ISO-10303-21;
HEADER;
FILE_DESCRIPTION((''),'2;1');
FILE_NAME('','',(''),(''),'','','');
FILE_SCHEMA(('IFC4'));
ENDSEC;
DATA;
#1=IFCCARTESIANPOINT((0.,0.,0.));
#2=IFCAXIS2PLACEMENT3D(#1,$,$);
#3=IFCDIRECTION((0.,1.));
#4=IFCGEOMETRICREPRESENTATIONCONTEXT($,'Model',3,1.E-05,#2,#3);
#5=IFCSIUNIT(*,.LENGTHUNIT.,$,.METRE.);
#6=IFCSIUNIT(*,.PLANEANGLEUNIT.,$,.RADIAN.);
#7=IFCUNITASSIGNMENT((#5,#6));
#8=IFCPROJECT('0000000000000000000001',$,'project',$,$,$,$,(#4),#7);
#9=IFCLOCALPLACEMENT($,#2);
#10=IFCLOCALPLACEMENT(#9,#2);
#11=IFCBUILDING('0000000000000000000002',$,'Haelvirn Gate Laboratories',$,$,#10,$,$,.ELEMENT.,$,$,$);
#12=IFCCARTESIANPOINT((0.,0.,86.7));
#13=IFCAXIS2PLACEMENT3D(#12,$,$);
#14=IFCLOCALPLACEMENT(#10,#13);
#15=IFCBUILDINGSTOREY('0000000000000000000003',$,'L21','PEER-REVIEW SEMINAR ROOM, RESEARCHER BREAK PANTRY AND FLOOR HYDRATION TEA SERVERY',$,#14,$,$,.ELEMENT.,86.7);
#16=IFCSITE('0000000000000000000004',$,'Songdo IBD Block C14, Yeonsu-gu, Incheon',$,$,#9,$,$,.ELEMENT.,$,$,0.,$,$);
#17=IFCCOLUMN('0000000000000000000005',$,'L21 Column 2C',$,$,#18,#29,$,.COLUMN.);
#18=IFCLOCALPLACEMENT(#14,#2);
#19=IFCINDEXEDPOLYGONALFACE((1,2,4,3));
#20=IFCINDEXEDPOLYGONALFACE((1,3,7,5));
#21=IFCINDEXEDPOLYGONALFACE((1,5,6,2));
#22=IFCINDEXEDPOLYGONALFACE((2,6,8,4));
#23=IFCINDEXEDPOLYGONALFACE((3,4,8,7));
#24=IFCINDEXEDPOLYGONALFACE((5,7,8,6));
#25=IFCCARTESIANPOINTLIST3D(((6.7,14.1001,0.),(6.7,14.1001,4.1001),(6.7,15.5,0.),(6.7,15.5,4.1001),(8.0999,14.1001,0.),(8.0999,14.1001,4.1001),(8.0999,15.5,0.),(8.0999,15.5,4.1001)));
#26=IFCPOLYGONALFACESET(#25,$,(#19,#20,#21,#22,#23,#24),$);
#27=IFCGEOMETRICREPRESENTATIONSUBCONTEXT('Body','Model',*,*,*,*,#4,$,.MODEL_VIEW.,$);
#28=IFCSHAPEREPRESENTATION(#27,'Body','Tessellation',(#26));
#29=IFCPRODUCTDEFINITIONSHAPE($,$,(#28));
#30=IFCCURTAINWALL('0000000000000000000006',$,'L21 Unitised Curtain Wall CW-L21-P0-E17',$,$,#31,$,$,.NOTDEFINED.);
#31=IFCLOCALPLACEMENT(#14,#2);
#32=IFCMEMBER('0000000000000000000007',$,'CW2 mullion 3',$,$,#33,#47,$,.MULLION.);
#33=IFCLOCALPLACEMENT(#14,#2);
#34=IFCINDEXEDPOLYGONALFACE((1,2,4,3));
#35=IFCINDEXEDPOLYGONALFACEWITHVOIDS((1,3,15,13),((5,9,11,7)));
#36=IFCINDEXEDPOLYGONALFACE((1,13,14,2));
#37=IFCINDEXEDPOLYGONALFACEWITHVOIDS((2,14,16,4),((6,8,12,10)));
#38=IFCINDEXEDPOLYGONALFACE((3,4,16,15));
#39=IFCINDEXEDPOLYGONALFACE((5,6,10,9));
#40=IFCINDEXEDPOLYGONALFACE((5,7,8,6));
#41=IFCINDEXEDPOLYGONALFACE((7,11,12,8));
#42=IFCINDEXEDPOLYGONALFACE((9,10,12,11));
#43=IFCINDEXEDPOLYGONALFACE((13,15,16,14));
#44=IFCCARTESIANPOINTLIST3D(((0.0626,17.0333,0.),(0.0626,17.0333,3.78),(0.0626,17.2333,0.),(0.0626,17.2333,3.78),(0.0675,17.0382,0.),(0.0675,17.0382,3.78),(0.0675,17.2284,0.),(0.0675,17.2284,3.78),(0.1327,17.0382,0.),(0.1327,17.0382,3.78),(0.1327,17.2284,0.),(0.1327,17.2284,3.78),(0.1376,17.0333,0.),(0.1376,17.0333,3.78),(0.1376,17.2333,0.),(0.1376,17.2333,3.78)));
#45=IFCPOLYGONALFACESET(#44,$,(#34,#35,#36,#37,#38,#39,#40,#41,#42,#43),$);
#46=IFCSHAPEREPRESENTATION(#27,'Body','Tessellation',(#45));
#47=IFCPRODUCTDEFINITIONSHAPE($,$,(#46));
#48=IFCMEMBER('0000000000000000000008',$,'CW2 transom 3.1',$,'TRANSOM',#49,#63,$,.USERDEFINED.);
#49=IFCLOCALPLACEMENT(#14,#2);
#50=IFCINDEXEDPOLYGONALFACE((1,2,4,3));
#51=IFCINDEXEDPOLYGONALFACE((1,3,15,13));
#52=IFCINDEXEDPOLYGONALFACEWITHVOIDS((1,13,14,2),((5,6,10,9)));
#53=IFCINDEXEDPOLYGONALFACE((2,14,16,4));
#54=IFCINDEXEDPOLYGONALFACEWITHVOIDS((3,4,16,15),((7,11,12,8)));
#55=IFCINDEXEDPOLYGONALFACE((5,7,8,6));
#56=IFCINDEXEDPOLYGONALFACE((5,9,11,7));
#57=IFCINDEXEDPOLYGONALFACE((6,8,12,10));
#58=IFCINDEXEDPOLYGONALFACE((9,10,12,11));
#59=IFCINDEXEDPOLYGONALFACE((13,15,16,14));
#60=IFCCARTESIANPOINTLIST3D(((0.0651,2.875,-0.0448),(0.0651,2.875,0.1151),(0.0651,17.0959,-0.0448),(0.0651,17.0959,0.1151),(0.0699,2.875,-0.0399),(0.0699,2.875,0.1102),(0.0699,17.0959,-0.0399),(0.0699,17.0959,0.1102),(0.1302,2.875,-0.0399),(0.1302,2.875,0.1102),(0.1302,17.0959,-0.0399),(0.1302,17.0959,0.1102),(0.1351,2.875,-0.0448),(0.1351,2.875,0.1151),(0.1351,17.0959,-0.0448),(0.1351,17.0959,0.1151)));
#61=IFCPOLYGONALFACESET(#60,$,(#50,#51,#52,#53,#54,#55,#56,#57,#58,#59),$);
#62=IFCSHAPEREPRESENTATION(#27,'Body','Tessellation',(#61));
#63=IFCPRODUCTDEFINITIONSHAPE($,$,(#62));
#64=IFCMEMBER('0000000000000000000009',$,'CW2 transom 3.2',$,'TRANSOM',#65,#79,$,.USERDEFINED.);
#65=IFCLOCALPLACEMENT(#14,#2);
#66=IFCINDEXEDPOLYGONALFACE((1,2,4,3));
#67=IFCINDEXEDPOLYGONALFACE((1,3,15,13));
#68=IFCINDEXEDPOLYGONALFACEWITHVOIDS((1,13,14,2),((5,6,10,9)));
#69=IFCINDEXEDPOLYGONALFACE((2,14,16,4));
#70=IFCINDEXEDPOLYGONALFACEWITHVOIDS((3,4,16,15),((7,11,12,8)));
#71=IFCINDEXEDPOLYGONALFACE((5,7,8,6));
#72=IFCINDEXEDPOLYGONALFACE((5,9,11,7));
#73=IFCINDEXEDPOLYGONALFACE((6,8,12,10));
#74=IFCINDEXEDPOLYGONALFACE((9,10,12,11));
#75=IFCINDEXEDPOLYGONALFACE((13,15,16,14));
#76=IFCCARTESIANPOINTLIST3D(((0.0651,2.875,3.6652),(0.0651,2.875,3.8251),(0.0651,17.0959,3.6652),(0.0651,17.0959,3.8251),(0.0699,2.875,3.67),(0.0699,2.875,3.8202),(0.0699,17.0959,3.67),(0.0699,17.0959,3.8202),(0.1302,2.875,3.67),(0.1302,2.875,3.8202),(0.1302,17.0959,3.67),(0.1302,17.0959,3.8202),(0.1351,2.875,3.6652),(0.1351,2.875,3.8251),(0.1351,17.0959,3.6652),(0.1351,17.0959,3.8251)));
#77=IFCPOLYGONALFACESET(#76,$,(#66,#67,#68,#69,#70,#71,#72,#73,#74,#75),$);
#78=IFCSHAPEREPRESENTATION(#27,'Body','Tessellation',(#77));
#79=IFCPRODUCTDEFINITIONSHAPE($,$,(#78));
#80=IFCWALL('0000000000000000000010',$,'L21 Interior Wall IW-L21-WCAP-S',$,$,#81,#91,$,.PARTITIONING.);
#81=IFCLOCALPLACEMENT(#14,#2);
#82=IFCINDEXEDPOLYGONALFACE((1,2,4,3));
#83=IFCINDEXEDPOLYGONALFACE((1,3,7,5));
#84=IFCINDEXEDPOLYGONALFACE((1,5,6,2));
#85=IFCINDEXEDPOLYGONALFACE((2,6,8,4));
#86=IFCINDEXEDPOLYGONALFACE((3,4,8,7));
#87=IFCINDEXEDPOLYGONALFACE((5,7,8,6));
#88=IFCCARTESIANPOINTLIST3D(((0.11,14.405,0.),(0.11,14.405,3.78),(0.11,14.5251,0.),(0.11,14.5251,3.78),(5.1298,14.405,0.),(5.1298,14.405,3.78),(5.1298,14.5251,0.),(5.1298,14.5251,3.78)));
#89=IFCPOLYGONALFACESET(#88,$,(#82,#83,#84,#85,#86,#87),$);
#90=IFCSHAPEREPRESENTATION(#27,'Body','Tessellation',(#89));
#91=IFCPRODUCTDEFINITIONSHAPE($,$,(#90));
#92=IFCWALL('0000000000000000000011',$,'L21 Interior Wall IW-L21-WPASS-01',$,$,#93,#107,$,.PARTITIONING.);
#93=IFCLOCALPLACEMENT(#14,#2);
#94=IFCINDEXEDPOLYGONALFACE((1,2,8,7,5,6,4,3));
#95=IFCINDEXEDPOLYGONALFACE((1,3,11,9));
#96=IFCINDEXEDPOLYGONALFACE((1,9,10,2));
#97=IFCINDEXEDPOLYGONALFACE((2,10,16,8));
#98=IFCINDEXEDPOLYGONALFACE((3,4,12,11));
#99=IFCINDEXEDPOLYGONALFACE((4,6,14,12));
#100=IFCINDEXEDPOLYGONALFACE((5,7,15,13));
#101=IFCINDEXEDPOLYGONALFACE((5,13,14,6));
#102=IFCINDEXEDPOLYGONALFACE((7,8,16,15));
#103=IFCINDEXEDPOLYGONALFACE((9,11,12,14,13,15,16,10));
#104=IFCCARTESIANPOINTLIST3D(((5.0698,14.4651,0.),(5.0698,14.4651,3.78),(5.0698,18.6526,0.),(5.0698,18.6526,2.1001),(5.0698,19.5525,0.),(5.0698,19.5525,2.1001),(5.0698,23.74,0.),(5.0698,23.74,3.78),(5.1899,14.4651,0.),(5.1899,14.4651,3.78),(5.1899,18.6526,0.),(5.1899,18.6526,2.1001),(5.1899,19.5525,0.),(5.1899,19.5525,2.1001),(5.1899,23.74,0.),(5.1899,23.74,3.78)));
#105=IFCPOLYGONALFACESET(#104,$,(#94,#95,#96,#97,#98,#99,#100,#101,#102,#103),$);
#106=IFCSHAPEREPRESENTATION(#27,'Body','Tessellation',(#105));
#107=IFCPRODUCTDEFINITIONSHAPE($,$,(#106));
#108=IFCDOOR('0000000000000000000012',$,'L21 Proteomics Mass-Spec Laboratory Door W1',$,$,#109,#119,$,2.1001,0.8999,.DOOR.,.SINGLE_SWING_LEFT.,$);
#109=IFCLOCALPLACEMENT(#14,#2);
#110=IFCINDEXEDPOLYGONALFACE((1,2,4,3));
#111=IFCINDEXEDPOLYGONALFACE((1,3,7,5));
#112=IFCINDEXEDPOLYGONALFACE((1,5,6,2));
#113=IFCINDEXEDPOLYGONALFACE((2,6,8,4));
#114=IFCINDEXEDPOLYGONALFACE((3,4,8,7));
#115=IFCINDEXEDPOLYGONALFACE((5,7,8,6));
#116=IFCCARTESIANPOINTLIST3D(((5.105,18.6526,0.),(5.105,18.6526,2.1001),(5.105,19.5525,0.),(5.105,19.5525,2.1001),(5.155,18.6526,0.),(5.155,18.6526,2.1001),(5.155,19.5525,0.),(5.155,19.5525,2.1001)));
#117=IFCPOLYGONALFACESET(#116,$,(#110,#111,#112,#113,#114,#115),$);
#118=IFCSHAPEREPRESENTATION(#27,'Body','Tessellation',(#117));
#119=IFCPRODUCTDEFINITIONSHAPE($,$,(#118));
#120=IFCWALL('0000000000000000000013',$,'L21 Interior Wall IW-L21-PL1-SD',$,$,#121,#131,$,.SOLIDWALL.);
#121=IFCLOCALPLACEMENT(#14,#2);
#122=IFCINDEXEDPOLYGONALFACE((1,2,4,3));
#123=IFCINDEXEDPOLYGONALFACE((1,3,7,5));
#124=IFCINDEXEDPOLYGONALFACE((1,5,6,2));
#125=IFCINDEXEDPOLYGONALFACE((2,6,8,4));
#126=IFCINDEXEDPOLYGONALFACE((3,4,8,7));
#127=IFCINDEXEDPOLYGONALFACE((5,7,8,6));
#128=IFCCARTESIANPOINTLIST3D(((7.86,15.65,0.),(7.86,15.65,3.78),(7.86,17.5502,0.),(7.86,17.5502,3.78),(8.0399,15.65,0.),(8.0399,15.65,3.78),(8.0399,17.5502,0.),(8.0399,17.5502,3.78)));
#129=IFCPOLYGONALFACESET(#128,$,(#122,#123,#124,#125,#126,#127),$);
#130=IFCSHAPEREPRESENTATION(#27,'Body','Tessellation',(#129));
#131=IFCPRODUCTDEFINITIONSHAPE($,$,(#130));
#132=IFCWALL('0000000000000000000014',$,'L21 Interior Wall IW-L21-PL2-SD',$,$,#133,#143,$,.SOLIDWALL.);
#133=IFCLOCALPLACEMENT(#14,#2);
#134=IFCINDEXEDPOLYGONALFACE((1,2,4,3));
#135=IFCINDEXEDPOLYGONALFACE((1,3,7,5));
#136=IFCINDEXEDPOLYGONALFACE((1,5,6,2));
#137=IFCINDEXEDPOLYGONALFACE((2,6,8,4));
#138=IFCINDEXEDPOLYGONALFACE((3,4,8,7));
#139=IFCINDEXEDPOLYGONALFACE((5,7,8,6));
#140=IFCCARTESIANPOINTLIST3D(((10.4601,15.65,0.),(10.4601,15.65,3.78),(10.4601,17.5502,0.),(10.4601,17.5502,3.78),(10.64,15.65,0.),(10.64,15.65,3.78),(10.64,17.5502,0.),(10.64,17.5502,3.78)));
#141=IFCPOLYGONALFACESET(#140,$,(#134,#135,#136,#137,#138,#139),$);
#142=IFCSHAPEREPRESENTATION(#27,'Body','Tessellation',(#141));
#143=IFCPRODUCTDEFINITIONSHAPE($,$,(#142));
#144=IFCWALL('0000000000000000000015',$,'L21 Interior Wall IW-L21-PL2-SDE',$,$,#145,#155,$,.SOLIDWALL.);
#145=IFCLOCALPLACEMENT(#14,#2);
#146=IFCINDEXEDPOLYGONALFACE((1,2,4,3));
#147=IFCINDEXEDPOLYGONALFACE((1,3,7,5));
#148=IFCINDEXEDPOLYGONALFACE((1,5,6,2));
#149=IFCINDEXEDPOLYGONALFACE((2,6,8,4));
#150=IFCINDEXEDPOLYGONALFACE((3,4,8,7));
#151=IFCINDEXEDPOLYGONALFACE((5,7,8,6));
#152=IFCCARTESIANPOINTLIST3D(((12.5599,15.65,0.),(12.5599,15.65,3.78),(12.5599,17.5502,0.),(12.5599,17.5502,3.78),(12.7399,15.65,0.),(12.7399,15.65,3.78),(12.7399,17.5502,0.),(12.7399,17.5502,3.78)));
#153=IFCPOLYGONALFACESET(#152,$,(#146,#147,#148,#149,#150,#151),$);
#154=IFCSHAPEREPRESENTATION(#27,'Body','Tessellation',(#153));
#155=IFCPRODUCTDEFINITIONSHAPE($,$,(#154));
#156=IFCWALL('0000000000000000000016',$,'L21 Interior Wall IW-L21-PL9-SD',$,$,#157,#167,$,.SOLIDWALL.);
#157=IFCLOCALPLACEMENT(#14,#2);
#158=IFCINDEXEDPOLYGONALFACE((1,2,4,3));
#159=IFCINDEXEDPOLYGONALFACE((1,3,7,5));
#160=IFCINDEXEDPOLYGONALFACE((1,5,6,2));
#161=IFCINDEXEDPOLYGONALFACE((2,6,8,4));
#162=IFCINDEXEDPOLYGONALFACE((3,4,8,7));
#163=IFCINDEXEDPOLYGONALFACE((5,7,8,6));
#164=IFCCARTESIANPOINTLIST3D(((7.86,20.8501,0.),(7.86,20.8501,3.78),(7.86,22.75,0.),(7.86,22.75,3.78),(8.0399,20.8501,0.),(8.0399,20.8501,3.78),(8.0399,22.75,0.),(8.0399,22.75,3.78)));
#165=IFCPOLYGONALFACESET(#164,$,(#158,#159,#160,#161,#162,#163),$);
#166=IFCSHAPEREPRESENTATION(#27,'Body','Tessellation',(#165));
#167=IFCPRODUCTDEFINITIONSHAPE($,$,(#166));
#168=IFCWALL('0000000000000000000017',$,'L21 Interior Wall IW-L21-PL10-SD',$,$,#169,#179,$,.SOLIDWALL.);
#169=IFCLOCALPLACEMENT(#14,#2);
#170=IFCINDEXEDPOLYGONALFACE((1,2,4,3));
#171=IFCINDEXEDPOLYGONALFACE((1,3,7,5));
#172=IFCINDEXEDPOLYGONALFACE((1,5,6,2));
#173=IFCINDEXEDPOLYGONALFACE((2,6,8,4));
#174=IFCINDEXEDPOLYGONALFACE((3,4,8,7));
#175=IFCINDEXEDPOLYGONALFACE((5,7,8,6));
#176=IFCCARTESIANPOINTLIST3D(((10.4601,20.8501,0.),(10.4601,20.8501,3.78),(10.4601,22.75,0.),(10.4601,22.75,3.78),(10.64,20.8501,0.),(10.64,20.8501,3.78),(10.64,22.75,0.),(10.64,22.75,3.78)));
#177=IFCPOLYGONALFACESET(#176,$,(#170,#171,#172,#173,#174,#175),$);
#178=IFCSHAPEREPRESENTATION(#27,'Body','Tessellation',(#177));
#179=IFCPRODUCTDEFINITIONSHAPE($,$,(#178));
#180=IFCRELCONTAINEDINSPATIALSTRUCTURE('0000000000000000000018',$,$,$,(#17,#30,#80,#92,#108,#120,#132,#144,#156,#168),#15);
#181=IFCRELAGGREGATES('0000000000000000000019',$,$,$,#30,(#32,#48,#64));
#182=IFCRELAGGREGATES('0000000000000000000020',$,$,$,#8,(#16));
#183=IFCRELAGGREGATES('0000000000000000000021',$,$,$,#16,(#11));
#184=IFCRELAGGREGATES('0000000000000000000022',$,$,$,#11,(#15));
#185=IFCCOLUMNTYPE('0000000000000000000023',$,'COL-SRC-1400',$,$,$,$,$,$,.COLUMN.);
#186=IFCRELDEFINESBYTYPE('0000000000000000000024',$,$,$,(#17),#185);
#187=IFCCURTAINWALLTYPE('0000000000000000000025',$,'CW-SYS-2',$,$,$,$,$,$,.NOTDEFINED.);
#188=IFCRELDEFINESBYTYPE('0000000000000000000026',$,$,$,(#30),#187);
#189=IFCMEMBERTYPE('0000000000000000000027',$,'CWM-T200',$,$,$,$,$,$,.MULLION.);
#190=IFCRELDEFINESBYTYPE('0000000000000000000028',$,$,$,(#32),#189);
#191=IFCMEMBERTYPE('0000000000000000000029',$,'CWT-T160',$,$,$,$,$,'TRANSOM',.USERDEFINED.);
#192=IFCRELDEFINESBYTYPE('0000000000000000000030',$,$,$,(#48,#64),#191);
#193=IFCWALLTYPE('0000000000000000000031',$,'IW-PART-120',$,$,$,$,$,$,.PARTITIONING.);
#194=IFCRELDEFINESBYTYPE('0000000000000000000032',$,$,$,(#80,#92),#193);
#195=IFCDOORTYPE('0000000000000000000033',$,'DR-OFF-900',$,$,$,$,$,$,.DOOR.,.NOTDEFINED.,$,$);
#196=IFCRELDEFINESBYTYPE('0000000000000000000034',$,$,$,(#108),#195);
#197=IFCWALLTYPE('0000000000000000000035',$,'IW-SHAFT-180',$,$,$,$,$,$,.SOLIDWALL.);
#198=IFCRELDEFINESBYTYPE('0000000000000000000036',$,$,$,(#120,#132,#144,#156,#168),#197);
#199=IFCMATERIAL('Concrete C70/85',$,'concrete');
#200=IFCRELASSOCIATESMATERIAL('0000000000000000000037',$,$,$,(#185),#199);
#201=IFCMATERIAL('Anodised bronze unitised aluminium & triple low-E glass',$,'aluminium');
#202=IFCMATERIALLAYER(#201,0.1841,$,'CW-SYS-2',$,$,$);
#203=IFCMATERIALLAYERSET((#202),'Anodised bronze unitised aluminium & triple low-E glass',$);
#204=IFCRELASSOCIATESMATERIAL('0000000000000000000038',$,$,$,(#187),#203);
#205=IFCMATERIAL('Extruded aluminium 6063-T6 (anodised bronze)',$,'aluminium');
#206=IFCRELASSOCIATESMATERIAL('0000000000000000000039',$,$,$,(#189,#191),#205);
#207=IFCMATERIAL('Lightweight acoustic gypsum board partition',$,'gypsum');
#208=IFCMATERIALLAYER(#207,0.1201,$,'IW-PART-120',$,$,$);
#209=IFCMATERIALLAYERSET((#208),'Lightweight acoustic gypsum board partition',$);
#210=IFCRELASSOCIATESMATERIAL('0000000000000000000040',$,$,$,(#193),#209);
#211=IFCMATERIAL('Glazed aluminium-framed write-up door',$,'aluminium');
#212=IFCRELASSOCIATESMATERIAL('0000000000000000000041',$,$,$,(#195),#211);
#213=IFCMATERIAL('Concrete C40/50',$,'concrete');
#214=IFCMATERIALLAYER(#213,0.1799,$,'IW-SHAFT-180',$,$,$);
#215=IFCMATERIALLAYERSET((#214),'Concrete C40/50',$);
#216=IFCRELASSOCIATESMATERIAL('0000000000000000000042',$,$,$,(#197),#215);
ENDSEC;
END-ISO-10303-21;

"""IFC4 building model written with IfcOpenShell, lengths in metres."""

from ifc_helpers import new_model, si_unit, direction, frame, frame_2d, origin, origin_2d, place, context, subcontext, project, spatial, rectangle, hollow_rectangle, extrude, source, transform, mapped, material, layer, layer_set, material_profile, profile_set, type_object, type_shapes, element, fill, aggregate, save


model = new_model("IFC4")

# Units and contexts
model_context = context("Model", 3, precision=1e-05, world=origin(), true_north=direction((0.0, 1.0)))
body_context = subcontext(model_context, "Body", "Model", "MODEL_VIEW")
ifc_project = project(units=[si_unit("LENGTHUNIT", "METRE"), si_unit("PLANEANGLEUNIT", "RADIAN")], contexts=[model_context])

# Site, building, storey
site_placement = place(None, origin())
site = spatial("IfcSite", under=ifc_project, at=site_placement, Name="Songdo IBD Block C14, Yeonsu-gu, Incheon", CompositionType="ELEMENT", RefElevation=0.0)
building_placement = place(site_placement, origin())
building = spatial("IfcBuilding", under=site, at=building_placement, Name="Haelvirn Gate Laboratories", CompositionType="ELEMENT")
storey_placement = place(building_placement, frame((0.0, 0.0, 86.7)))
storey = spatial("IfcBuildingStorey", under=building, at=storey_placement, Name="L21", Description="PEER-REVIEW SEMINAR ROOM, RESEARCHER BREAK PANTRY AND FLOOR HYDRATION TEA SERVERY", CompositionType="ELEMENT", Elevation=86.7)

# Column
ifc_material_1 = material(Name="Concrete C70/85", Category="concrete")
ifc_material_profile_1 = material_profile(ifc_material_1, rectangle(XDim=1.3999, YDim=1.3999, at=origin_2d()), Name="SRC-1400x1400")
ifc_profile_set_1 = profile_set([ifc_material_profile_1], Name="Concrete C70/85")
column_type = type_object("IfcColumnType", Name="COL-SRC-1400", PredefinedType="COLUMN", material=ifc_profile_set_1)
shared_shape_1 = source(origin(), body_context, "Body", "SweptSolid", [
    extrude(rectangle(XDim=1.3999, YDim=1.3999, at=origin_2d()), origin(), (0.0, 0.0, 1.0), 4.1001),
])
type_shapes(column_type, [shared_shape_1])
column_placement = place(storey_placement, frame((7.3999, 14.8, 0.0), z_axis=(0.0, 0.0, 1.0), x_axis=(1.0, 0.0, 0.0)))
element("IfcColumn", 1, at=column_placement, inside=storey, type_object=column_type, Name="L21 Column 2C", PredefinedType="COLUMN", context=body_context, shape_type="MappedRepresentation", body=[
    mapped(shared_shape_1, transform((0.0, 0.0, 0.0), scale=1.0)),
])

# Curtain wall, members
ifc_material_2 = material(Name="Anodised bronze unitised aluminium & triple low-E glass", Category="aluminium")
ifc_layer_1 = layer(ifc_material_2, 0.1841, Name="CW-SYS-2")
ifc_layer_set_1 = layer_set([ifc_layer_1], Name="Anodised bronze unitised aluminium & triple low-E glass")
curtain_wall_type = type_object("IfcCurtainWallType", Name="CW-SYS-2", PredefinedType="NOTDEFINED", material=ifc_layer_set_1)
curtain_wall_placement = place(storey_placement, origin())
curtain_wall = element("IfcCurtainWall", 2, at=curtain_wall_placement, inside=storey, type_object=curtain_wall_type, Name="L21 Unitised Curtain Wall CW-L21-P0-E17", PredefinedType="NOTDEFINED")
ifc_material_3 = material(Name="Extruded aluminium 6063-T6 (anodised bronze)", Category="aluminium")
ifc_material_profile_2 = material_profile(ifc_material_3, hollow_rectangle(XDim=0.075, YDim=0.2, WallThickness=0.0049, at=origin_2d()), Name="CWM-200x75x5")
ifc_profile_set_2 = profile_set([ifc_material_profile_2], Name="Extruded aluminium 6063-T6 (anodised bronze)")
member_type_1 = type_object("IfcMemberType", Name="CWM-T200", PredefinedType="MULLION", material=ifc_profile_set_2)
shared_shape_2 = source(origin(), body_context, "Body", "SweptSolid", [
    extrude(hollow_rectangle(XDim=0.075, YDim=0.2, WallThickness=0.0049, at=origin_2d()), origin(), (0.0, 0.0, 1.0), 3.78),
])
type_shapes(member_type_1, [shared_shape_2])
member_1_placement = place(storey_placement, frame((0.1001, 17.1333, 0.0), z_axis=(0.0, 0.0, 1.0), x_axis=(1.0, 0.0, 0.0)))
member_1 = element("IfcMember", 3, at=member_1_placement, type_object=member_type_1, Name="CW2 mullion 3", PredefinedType="MULLION", context=body_context, shape_type="MappedRepresentation", body=[
    mapped(shared_shape_2, transform((0.0, 0.0, 0.0), scale=1.0)),
])
ifc_material_profile_3 = material_profile(ifc_material_3, hollow_rectangle(XDim=0.0701, YDim=0.1599, WallThickness=0.0049, at=origin_2d()), Name="CWT-160x70x5")
ifc_profile_set_3 = profile_set([ifc_material_profile_3], Name="Extruded aluminium 6063-T6 (anodised bronze)")
member_type_2 = type_object("IfcMemberType", Name="CWT-T160", ElementType="TRANSOM", PredefinedType="USERDEFINED", material=ifc_profile_set_3)
shared_shape_3 = source(origin(), body_context, "Body", "SweptSolid", [
    extrude(hollow_rectangle(XDim=0.0701, YDim=0.1599, WallThickness=0.0049, at=origin_2d()), origin(), (0.0, 0.0, 1.0), 14.2209),
])
type_shapes(member_type_2, [shared_shape_3])
member_2_placement = place(storey_placement, frame((0.1001, 17.0959, 0.0352), z_axis=(0.0, -1.0, 0.0), x_axis=(1.0, 0.0, 0.0)))
member_2 = element("IfcMember", 4, at=member_2_placement, type_object=member_type_2, Name="CW2 transom 3.1", ObjectType="TRANSOM", PredefinedType="USERDEFINED", context=body_context, shape_type="MappedRepresentation", body=[
    mapped(shared_shape_3, transform((0.0, 0.0, 0.0), scale=1.0)),
])
member_3_placement = place(storey_placement, frame((0.1001, 17.0959, 3.7451), z_axis=(0.0, -1.0, 0.0), x_axis=(1.0, 0.0, 0.0)))
member_3 = element("IfcMember", 5, at=member_3_placement, type_object=member_type_2, Name="CW2 transom 3.2", ObjectType="TRANSOM", PredefinedType="USERDEFINED", context=body_context, shape_type="MappedRepresentation", body=[
    mapped(shared_shape_3, transform((0.0, 0.0, 0.0), scale=1.0)),
])
aggregate(curtain_wall, [member_1, member_2, member_3])

# Wall
ifc_material_4 = material(Name="Lightweight acoustic gypsum board partition", Category="gypsum")
ifc_layer_2 = layer(ifc_material_4, 0.1201, Name="IW-PART-120")
ifc_layer_set_2 = layer_set([ifc_layer_2], Name="Lightweight acoustic gypsum board partition")
wall_type_1 = type_object("IfcWallType", Name="IW-PART-120", PredefinedType="PARTITIONING", material=ifc_layer_set_2)
wall_1_placement = place(storey_placement, frame((0.1101, 14.4651, 0.0), z_axis=(0.0, 0.0, 1.0), x_axis=(1.0, 0.0, 0.0)))
element("IfcWall", 6, at=wall_1_placement, inside=storey, type_object=wall_type_1, Name="L21 Interior Wall IW-L21-WCAP-S", PredefinedType="PARTITIONING", context=body_context, shape_type="SweptSolid", body=[
    extrude(rectangle(XDim=5.0198, YDim=0.1201, at=frame_2d((2.5098, 0.0))), origin(), (0.0, 0.0, 1.0), 3.78),
])

# Wall, opening, door
wall_2_placement = place(storey_placement, frame((5.1299, 14.4651, 0.0), z_axis=(0.0, 0.0, 1.0), x_axis=(0.0, 1.0, 0.0)))
wall_2 = element("IfcWall", 7, at=wall_2_placement, inside=storey, type_object=wall_type_1, Name="L21 Interior Wall IW-L21-WPASS-01", PredefinedType="PARTITIONING", context=body_context, shape_type="SweptSolid", body=[
    extrude(rectangle(XDim=9.2749, YDim=0.1201, at=frame_2d((4.6375, 0.0))), origin(), (0.0, 0.0, 1.0), 3.78),
])
opening_1_placement = place(wall_2_placement, frame((4.1875, 0.0, 0.0)))
opening_1 = element("IfcOpeningElement", 8, at=opening_1_placement, cuts=wall_2, PredefinedType="OPENING", context=body_context, shape_type="SweptSolid", body=[
    extrude(rectangle(XDim=0.8999, YDim=2.1001, at=frame_2d((0.45, 1.05))), frame((0.0, 0.0701, 0.0), z_axis=(0.0, -1.0, 0.0), x_axis=(1.0, 0.0, 0.0)), (0.0, 0.0, 1.0), 0.1401),
])
ifc_material_5 = material(Name="Glazed aluminium-framed write-up door", Category="aluminium")
door_type_1 = type_object("IfcDoorType", Name="DR-OFF-900", OperationType="NOTDEFINED", PredefinedType="DOOR", material=ifc_material_5)
shared_shape_4 = source(origin(), body_context, "Body", "SweptSolid", [
    extrude(rectangle(XDim=0.8999, YDim=2.1001, at=frame_2d((0.45, 1.05))), frame((0.0, 0.0249, 0.0), z_axis=(0.0, -1.0, 0.0), x_axis=(1.0, 0.0, 0.0)), (0.0, 0.0, 1.0), 0.05),
])
type_shapes(door_type_1, [shared_shape_4])
door_1_placement = place(opening_1_placement, origin())
door_1 = element("IfcDoor", 9, at=door_1_placement, inside=storey, type_object=door_type_1, Name="L21 Proteomics Mass-Spec Laboratory Door W1", OperationType="SINGLE_SWING_LEFT", OverallHeight=2.1001, OverallWidth=0.8999, PredefinedType="DOOR", context=body_context, shape_type="MappedRepresentation", body=[
    mapped(shared_shape_4, transform((0.0, 0.0, 0.0), scale=1.0)),
])
fill(opening_1, door_1)

# Walls
ifc_material_6 = material(Name="Concrete C40/50", Category="concrete")
ifc_layer_3 = layer(ifc_material_6, 0.1799, Name="IW-SHAFT-180")
ifc_layer_set_3 = layer_set([ifc_layer_3], Name="Concrete C40/50")
wall_type_2 = type_object("IfcWallType", Name="IW-SHAFT-180", PredefinedType="SOLIDWALL", material=ifc_layer_set_3)
for number, where, z_axis, x_axis, name in (
    (10, (7.95, 15.6499, 0.0), (0.0, 0.0, 1.0), (0.0, 1.0, 0.0), "L21 Interior Wall IW-L21-PL1-SD"),
    (11, (10.55, 15.6499, 0.0), (0.0, 0.0, 1.0), (0.0, 1.0, 0.0), "L21 Interior Wall IW-L21-PL2-SD"),
    (12, (12.6499, 15.6499, 0.0), (0.0, 0.0, 1.0), (0.0, 1.0, 0.0), "L21 Interior Wall IW-L21-PL2-SDE"),
):
    element("IfcWall", number, at=place(storey_placement, frame(where, z_axis=z_axis, x_axis=x_axis)), inside=storey, type_object=wall_type_2, Name=name, PredefinedType="SOLIDWALL", context=body_context, shape_type="SweptSolid", body=[
        extrude(rectangle(XDim=1.9001, YDim=0.1799, at=frame_2d((0.9502, 0.0))), origin(), (0.0, 0.0, 1.0), 3.78),
    ])
for number, where, z_axis, x_axis, name in (
    (13, (7.95, 20.8501, 0.0), (0.0, 0.0, 1.0), (0.0, 1.0, 0.0), "L21 Interior Wall IW-L21-PL9-SD"),
    (14, (10.55, 20.8501, 0.0), (0.0, 0.0, 1.0), (0.0, 1.0, 0.0), "L21 Interior Wall IW-L21-PL10-SD"),
):
    element("IfcWall", number, at=place(storey_placement, frame(where, z_axis=z_axis, x_axis=x_axis)), inside=storey, type_object=wall_type_2, Name=name, PredefinedType="SOLIDWALL", context=body_context, shape_type="SweptSolid", body=[
        extrude(rectangle(XDim=1.8999, YDim=0.1799, at=frame_2d((0.95, 0.0))), origin(), (0.0, 0.0, 1.0), 3.78),
    ])

save(model, "model.ifc")
